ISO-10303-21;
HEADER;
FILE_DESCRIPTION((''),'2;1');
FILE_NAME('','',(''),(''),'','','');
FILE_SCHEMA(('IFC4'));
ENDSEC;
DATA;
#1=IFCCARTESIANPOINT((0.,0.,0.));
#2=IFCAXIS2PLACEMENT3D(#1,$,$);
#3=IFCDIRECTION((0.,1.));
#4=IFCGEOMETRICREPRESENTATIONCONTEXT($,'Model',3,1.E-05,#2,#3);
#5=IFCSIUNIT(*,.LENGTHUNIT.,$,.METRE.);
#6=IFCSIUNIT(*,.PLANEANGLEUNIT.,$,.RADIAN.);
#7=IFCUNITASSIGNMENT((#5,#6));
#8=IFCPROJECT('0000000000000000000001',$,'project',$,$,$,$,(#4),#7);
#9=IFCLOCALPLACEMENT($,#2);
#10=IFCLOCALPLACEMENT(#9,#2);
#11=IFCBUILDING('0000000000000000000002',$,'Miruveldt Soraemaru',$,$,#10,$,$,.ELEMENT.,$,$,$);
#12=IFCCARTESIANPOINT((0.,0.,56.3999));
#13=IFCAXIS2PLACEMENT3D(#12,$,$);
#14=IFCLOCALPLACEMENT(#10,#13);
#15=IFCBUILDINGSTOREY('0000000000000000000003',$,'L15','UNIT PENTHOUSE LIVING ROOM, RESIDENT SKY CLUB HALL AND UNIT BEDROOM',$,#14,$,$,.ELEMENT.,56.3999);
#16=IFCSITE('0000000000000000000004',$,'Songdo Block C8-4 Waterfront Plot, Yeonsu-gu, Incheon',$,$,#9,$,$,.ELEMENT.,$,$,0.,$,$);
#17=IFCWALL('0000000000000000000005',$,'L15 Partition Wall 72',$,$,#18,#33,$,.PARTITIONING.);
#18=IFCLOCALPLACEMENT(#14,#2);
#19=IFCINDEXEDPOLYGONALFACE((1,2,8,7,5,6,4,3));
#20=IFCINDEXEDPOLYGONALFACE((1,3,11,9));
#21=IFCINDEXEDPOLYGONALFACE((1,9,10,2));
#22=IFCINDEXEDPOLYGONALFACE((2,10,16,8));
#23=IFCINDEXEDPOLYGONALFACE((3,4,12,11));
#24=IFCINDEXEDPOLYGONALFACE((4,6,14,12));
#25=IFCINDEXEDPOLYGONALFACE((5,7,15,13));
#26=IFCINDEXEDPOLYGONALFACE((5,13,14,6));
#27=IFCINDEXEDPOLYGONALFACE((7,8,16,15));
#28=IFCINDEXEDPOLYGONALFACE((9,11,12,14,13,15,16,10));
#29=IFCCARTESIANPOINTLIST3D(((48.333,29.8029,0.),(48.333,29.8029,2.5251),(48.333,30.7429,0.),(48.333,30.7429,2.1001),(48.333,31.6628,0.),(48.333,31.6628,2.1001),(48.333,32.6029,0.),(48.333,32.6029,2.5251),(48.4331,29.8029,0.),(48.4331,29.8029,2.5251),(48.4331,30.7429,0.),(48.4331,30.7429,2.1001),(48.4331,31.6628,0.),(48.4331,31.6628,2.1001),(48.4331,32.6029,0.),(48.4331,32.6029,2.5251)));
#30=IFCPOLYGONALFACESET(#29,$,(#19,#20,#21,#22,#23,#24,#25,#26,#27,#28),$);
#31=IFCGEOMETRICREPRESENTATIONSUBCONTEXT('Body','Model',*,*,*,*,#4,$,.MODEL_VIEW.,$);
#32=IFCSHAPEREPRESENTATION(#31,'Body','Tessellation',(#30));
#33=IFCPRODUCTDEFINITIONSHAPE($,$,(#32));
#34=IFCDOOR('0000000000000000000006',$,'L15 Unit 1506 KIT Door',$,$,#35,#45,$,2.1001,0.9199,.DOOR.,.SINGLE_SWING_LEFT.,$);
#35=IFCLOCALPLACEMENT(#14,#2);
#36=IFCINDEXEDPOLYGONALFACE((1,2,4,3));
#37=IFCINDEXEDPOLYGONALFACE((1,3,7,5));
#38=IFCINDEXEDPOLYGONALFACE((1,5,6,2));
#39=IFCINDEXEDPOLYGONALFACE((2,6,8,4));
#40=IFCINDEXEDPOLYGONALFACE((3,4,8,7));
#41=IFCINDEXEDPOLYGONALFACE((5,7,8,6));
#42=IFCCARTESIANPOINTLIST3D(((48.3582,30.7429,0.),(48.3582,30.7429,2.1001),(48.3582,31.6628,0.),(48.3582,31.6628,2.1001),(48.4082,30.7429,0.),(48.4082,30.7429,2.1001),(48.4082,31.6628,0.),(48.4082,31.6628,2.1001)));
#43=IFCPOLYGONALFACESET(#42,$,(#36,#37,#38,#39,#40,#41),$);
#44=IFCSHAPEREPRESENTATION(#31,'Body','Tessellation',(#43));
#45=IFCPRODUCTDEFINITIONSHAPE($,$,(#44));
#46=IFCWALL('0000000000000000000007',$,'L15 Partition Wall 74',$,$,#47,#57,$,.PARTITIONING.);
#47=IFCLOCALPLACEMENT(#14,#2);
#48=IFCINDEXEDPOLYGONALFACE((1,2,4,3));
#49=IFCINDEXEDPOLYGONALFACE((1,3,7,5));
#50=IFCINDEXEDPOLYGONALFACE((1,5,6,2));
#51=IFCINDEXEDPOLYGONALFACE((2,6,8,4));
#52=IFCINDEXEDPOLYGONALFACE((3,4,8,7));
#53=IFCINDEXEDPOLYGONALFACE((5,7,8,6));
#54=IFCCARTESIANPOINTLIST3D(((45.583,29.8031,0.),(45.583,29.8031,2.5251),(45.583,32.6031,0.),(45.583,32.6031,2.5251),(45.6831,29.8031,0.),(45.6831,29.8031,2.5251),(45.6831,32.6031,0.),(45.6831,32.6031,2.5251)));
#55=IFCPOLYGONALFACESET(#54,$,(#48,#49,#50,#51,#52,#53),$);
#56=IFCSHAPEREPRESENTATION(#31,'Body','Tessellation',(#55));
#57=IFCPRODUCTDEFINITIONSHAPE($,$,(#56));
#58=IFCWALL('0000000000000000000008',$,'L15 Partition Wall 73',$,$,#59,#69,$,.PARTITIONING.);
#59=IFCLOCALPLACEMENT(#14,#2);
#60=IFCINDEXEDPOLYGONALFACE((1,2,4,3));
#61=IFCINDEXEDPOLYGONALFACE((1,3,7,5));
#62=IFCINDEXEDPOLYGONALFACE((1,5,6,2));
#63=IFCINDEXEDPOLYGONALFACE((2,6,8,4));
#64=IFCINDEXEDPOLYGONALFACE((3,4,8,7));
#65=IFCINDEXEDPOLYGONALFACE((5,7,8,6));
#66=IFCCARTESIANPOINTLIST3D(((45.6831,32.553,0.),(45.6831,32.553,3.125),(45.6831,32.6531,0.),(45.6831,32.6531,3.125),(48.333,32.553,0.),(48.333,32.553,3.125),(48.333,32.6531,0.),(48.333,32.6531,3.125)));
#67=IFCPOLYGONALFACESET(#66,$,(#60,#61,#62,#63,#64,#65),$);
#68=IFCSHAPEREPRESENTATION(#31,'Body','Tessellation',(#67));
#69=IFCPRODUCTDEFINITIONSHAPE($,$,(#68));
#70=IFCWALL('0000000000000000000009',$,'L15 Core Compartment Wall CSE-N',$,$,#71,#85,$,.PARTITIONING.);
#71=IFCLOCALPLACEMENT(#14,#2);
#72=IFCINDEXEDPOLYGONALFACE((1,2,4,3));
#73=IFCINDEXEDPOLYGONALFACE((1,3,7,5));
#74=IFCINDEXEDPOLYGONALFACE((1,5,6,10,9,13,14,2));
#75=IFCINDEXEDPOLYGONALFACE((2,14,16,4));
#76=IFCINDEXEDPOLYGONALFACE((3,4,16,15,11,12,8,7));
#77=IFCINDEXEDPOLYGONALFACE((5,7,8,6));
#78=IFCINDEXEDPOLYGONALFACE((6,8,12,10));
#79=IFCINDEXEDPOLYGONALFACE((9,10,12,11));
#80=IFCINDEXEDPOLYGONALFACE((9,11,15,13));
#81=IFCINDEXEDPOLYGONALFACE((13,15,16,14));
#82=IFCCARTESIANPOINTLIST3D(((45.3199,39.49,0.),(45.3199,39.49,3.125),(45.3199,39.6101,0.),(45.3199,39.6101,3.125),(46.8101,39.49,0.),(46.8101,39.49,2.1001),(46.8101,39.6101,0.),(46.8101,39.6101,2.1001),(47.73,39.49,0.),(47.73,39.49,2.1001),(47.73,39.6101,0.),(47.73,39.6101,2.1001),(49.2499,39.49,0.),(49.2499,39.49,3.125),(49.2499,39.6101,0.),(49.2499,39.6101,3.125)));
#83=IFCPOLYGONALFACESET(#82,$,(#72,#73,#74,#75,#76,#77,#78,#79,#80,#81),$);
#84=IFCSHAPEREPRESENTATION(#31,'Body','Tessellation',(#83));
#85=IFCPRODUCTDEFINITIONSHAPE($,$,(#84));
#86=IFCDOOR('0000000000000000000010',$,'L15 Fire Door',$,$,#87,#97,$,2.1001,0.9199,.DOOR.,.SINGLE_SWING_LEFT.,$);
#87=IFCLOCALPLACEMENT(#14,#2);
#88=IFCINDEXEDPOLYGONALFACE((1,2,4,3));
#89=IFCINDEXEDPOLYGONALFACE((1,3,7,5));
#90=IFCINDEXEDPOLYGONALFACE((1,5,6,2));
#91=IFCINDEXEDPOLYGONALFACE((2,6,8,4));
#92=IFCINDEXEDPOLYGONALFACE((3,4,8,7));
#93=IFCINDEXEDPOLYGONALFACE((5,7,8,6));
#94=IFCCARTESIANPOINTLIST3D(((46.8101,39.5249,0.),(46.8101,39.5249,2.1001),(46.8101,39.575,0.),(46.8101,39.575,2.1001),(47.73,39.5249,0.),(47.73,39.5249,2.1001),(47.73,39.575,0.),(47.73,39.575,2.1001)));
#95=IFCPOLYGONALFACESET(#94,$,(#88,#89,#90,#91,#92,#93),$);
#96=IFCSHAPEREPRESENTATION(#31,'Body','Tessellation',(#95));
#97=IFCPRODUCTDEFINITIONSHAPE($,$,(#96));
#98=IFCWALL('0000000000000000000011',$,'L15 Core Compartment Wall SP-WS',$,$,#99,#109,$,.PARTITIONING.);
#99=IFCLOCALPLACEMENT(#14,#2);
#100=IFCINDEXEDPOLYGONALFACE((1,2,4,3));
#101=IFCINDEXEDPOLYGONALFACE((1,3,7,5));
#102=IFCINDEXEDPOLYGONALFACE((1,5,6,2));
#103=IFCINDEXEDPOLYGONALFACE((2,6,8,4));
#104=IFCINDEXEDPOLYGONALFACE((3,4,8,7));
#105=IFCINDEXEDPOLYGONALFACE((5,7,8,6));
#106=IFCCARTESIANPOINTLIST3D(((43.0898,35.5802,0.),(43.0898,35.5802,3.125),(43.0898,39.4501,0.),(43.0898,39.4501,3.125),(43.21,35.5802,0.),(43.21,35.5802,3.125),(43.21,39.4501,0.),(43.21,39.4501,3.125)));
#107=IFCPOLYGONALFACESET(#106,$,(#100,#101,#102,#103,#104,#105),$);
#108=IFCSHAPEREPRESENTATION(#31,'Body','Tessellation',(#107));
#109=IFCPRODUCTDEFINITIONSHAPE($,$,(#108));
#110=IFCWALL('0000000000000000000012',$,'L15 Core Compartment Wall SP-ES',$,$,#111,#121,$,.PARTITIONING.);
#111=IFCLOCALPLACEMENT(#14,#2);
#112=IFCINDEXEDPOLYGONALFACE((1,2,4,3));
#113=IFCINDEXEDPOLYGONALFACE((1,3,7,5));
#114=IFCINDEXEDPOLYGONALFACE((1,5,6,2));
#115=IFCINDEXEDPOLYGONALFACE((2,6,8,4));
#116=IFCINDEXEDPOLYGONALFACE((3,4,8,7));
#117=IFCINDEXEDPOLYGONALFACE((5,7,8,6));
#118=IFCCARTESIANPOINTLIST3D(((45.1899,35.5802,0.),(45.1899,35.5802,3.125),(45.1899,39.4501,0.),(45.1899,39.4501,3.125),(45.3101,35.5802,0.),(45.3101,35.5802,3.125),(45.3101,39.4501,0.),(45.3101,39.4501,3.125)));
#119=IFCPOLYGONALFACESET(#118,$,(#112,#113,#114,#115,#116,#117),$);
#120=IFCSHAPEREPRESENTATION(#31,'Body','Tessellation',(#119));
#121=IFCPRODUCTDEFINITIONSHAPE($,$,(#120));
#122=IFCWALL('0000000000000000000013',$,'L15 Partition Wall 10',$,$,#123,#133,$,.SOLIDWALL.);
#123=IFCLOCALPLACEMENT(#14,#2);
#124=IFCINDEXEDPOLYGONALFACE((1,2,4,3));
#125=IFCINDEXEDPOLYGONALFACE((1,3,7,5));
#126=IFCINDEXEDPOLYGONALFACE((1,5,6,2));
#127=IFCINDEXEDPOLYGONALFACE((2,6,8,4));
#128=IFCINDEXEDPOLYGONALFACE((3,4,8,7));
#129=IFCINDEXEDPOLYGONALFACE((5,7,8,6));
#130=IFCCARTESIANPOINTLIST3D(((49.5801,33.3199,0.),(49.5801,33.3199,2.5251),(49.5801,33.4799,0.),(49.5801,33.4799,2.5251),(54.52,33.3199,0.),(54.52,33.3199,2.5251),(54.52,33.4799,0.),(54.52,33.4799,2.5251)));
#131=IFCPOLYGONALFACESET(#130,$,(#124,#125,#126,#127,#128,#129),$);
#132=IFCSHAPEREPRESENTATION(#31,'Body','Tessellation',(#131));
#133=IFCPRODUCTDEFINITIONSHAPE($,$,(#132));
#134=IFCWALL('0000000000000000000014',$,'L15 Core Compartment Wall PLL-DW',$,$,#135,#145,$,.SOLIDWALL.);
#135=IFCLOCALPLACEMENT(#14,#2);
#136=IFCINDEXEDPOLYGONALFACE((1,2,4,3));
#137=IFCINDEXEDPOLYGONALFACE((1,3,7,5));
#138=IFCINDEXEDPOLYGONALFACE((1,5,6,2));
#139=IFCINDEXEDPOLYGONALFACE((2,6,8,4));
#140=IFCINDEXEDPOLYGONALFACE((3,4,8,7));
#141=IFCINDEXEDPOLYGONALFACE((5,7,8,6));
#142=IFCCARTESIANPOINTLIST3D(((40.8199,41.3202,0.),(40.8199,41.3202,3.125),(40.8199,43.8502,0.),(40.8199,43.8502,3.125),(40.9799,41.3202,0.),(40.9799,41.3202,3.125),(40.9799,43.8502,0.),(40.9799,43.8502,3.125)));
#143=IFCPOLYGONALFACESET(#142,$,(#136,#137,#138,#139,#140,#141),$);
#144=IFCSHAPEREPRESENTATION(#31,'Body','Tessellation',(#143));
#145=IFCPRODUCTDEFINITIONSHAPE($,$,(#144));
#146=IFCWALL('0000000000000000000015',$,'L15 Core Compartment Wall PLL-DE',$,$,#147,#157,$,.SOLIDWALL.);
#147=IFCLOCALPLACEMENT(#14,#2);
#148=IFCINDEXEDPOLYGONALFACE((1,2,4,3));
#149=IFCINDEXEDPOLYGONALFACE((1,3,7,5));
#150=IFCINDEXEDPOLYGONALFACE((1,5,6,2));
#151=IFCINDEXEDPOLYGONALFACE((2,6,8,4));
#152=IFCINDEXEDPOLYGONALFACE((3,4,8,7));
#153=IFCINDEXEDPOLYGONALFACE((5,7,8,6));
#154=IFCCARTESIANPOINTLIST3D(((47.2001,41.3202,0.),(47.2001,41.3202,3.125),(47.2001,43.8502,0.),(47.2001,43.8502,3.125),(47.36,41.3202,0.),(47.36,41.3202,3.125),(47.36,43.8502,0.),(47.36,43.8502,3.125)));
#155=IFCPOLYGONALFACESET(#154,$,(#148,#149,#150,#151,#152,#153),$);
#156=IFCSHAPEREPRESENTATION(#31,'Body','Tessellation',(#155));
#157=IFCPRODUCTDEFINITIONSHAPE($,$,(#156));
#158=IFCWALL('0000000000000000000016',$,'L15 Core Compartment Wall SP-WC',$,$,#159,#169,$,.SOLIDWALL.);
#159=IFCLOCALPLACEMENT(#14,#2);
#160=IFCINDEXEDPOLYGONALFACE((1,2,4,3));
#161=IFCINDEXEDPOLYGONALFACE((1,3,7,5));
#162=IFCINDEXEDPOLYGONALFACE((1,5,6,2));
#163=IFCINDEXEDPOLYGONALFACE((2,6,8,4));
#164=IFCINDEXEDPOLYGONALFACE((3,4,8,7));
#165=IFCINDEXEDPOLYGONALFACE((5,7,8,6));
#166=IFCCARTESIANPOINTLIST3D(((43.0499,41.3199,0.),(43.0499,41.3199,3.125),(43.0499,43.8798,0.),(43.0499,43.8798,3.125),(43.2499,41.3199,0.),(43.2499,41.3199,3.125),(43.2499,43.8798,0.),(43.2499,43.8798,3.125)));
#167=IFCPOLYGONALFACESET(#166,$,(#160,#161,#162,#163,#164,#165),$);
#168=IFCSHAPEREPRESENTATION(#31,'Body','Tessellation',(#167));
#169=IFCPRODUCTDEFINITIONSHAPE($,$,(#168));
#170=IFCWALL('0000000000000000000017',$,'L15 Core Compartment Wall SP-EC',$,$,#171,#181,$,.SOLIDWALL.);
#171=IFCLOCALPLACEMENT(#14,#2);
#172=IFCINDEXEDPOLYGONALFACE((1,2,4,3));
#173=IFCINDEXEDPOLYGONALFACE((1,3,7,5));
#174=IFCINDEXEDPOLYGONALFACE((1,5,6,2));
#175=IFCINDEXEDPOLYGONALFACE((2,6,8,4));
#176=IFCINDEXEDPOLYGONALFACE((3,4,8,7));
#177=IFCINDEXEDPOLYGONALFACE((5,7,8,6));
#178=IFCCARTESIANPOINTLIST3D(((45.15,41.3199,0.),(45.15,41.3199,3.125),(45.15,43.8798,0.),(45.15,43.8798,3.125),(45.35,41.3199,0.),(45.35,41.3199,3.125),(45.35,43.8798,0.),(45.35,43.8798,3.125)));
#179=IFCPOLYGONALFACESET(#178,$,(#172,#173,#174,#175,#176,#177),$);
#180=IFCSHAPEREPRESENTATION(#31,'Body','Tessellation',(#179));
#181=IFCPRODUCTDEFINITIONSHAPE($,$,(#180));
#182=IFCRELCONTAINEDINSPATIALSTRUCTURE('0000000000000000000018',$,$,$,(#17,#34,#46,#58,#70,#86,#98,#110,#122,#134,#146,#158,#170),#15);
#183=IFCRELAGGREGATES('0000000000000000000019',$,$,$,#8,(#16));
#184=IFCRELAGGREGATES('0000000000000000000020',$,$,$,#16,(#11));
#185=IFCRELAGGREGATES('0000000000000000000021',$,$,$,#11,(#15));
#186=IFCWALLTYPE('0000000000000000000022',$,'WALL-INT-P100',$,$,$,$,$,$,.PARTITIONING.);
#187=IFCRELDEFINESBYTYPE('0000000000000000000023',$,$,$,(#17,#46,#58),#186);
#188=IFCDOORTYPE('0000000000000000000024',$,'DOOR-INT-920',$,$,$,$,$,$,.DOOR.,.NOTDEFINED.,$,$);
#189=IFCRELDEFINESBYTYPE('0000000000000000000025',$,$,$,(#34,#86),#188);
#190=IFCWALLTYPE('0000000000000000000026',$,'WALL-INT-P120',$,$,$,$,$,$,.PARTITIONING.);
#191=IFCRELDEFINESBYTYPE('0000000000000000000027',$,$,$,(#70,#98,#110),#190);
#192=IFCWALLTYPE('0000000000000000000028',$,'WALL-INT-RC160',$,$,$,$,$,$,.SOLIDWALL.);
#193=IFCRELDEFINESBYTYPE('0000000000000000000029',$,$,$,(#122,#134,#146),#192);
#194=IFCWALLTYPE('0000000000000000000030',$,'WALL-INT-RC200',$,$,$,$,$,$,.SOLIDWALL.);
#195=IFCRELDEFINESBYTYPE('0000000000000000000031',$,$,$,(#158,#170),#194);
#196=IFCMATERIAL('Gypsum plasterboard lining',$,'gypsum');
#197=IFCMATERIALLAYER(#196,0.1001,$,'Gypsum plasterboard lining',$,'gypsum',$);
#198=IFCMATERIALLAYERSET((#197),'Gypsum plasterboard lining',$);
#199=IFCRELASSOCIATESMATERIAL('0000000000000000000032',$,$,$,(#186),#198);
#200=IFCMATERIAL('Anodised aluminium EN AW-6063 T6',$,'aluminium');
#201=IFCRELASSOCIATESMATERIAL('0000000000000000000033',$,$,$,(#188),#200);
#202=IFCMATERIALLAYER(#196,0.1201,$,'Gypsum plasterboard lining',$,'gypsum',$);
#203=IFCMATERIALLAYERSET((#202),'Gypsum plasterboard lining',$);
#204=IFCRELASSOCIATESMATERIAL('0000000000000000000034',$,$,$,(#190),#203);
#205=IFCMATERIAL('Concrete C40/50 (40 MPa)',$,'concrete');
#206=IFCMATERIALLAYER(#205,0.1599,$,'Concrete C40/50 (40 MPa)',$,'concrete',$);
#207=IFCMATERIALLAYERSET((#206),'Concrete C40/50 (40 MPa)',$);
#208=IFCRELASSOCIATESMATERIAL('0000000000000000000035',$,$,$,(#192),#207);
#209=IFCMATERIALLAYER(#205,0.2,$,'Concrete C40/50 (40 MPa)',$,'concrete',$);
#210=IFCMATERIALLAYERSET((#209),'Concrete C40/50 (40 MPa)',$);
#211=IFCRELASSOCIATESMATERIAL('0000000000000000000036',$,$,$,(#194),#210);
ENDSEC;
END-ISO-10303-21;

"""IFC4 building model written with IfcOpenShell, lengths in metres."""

from ifc_helpers import new_model, si_unit, direction, frame, frame_2d, origin, place, context, subcontext, project, spatial, rectangle, extrude, material, layer, layer_set, type_object, element, fill, save


model = new_model("IFC4")

# Units and contexts
model_context = context("Model", 3, precision=1e-05, world=origin(), true_north=direction((0.0, 1.0)))
body_context = subcontext(model_context, "Body", "Model", "MODEL_VIEW")
ifc_project = project(units=[si_unit("LENGTHUNIT", "METRE"), si_unit("PLANEANGLEUNIT", "RADIAN")], contexts=[model_context])

# Site, building, storey
site_placement = place(None, origin())
site = spatial("IfcSite", under=ifc_project, at=site_placement, Name="Songdo Block C8-4 Waterfront Plot, Yeonsu-gu, Incheon", CompositionType="ELEMENT", RefElevation=0.0)
building_placement = place(site_placement, origin())
building = spatial("IfcBuilding", under=site, at=building_placement, Name="Miruveldt Soraemaru", CompositionType="ELEMENT")
storey_placement = place(building_placement, frame((0.0, 0.0, 56.3999)))
storey = spatial("IfcBuildingStorey", under=building, at=storey_placement, Name="L15", Description="UNIT PENTHOUSE LIVING ROOM, RESIDENT SKY CLUB HALL AND UNIT BEDROOM", CompositionType="ELEMENT", Elevation=56.3999)

# Wall, opening, door
ifc_material_1 = material(Name="Gypsum plasterboard lining", Category="gypsum")
ifc_layer_1 = layer(ifc_material_1, 0.1001, Name="Gypsum plasterboard lining", Category="gypsum")
ifc_layer_set_1 = layer_set([ifc_layer_1], Name="Gypsum plasterboard lining")
wall_type_1 = type_object("IfcWallType", Name="WALL-INT-P100", PredefinedType="PARTITIONING", material=ifc_layer_set_1)
ifc_material_2 = material(Name="Anodised aluminium EN AW-6063 T6", Category="aluminium")
door_type_1 = type_object("IfcDoorType", Name="DOOR-INT-920", OperationType="NOTDEFINED", PredefinedType="DOOR", material=ifc_material_2)
wall_1_placement = place(storey_placement, frame((48.3831, 29.803, 0.0), z_axis=(0.0, 0.0, 1.0), x_axis=(0.0, 1.0, 0.0)))
wall_1 = element("IfcWall", 1, at=wall_1_placement, inside=storey, type_object=wall_type_1, Name="L15 Partition Wall 72", PredefinedType="PARTITIONING", context=body_context, shape_type="SweptSolid", body=[
    extrude(rectangle(XDim=2.8, YDim=0.1001, at=frame_2d((1.3999, 0.0))), origin(), (0.0, 0.0, 1.0), 2.5251),
])
opening_1_placement = place(wall_1_placement, frame((0.9399, 0.0, 0.0)))
opening_1 = element("IfcOpeningElement", 2, at=opening_1_placement, cuts=wall_1, PredefinedType="OPENING", context=body_context, shape_type="SweptSolid", body=[
    extrude(rectangle(XDim=0.9199, YDim=2.1001, at=frame_2d((0.46, 1.05))), frame((0.0, 0.0601, 0.0), z_axis=(0.0, -1.0, 0.0), x_axis=(1.0, 0.0, 0.0)), (0.0, 0.0, 1.0), 0.1201),
])
door_1_placement = place(opening_1_placement, origin())
door_1 = element("IfcDoor", 3, at=door_1_placement, inside=storey, type_object=door_type_1, Name="L15 Unit 1506 KIT Door", OperationType="SINGLE_SWING_LEFT", OverallHeight=2.1001, OverallWidth=0.9199, PredefinedType="DOOR", context=body_context, shape_type="SweptSolid", body=[
    extrude(rectangle(XDim=0.9199, YDim=2.1001, at=frame_2d((0.46, 1.05))), frame((0.0, 0.0249, 0.0), z_axis=(0.0, -1.0, 0.0), x_axis=(1.0, 0.0, 0.0)), (0.0, 0.0, 1.0), 0.05),
])
fill(opening_1, door_1)

# Walls
wall_2_placement = place(storey_placement, frame((45.6331, 32.603, 0.0), z_axis=(0.0, 0.0, 1.0), x_axis=(0.0, -1.0, 0.0)))
element("IfcWall", 4, at=wall_2_placement, inside=storey, type_object=wall_type_1, Name="L15 Partition Wall 74", PredefinedType="PARTITIONING", context=body_context, shape_type="SweptSolid", body=[
    extrude(rectangle(XDim=2.8, YDim=0.1001, at=frame_2d((1.3999, 0.0))), origin(), (0.0, 0.0, 1.0), 2.5251),
])
wall_3_placement = place(storey_placement, frame((48.333, 32.603, 0.0), z_axis=(0.0, 0.0, 1.0), x_axis=(-1.0, 0.0, 0.0)))
element("IfcWall", 5, at=wall_3_placement, inside=storey, type_object=wall_type_1, Name="L15 Partition Wall 73", PredefinedType="PARTITIONING", context=body_context, shape_type="SweptSolid", body=[
    extrude(rectangle(XDim=2.6499, YDim=0.1001, at=frame_2d((1.325, 0.0))), origin(), (0.0, 0.0, 1.0), 3.125),
])

# Wall, opening, door
ifc_layer_2 = layer(ifc_material_1, 0.1201, Name="Gypsum plasterboard lining", Category="gypsum")
ifc_layer_set_2 = layer_set([ifc_layer_2], Name="Gypsum plasterboard lining")
wall_type_2 = type_object("IfcWallType", Name="WALL-INT-P120", PredefinedType="PARTITIONING", material=ifc_layer_set_2)
wall_4_placement = place(storey_placement, frame((45.3201, 39.55, 0.0), z_axis=(0.0, 0.0, 1.0), x_axis=(1.0, 0.0, 0.0)))
wall_4 = element("IfcWall", 6, at=wall_4_placement, inside=storey, type_object=wall_type_2, Name="L15 Core Compartment Wall CSE-N", PredefinedType="PARTITIONING", context=body_context, shape_type="SweptSolid", body=[
    extrude(rectangle(XDim=3.9299, YDim=0.1201, at=frame_2d((1.9648, 0.0))), origin(), (0.0, 0.0, 1.0), 3.125),
])
opening_2_placement = place(wall_4_placement, frame((1.49, 0.0, 0.0)))
opening_2 = element("IfcOpeningElement", 7, at=opening_2_placement, cuts=wall_4, PredefinedType="OPENING", context=body_context, shape_type="SweptSolid", body=[
    extrude(rectangle(XDim=0.9199, YDim=2.1001, at=frame_2d((0.46, 1.05))), frame((0.0, 0.0701, 0.0), z_axis=(0.0, -1.0, 0.0), x_axis=(1.0, 0.0, 0.0)), (0.0, 0.0, 1.0), 0.1401),
])
door_2_placement = place(opening_2_placement, origin())
door_2 = element("IfcDoor", 8, at=door_2_placement, inside=storey, type_object=door_type_1, Name="L15 Fire Door", OperationType="SINGLE_SWING_LEFT", OverallHeight=2.1001, OverallWidth=0.9199, PredefinedType="DOOR", context=body_context, shape_type="SweptSolid", body=[
    extrude(rectangle(XDim=0.9199, YDim=2.1001, at=frame_2d((0.46, 1.05))), frame((0.0, 0.0249, 0.0), z_axis=(0.0, -1.0, 0.0), x_axis=(1.0, 0.0, 0.0)), (0.0, 0.0, 1.0), 0.05),
])
fill(opening_2, door_2)

# Walls
for number, where, z_axis, x_axis, name in (
    (9, (43.1499, 35.5801, 0.0), (0.0, 0.0, 1.0), (0.0, 1.0, 0.0), "L15 Core Compartment Wall SP-WS"),
    (10, (45.25, 35.5801, 0.0), (0.0, 0.0, 1.0), (0.0, 1.0, 0.0), "L15 Core Compartment Wall SP-ES"),
):
    element("IfcWall", number, at=place(storey_placement, frame(where, z_axis=z_axis, x_axis=x_axis)), inside=storey, type_object=wall_type_2, Name=name, PredefinedType="PARTITIONING", context=body_context, shape_type="SweptSolid", body=[
        extrude(rectangle(XDim=3.8699, YDim=0.1201, at=frame_2d((1.9351, 0.0))), origin(), (0.0, 0.0, 1.0), 3.125),
    ])
ifc_material_3 = material(Name="Concrete C40/50 (40 MPa)", Category="concrete")
ifc_layer_3 = layer(ifc_material_3, 0.1599, Name="Concrete C40/50 (40 MPa)", Category="concrete")
ifc_layer_set_3 = layer_set([ifc_layer_3], Name="Concrete C40/50 (40 MPa)")
wall_type_3 = type_object("IfcWallType", Name="WALL-INT-RC160", PredefinedType="SOLIDWALL", material=ifc_layer_set_3)
wall_5_placement = place(storey_placement, frame((49.5801, 33.3999, 0.0), z_axis=(0.0, 0.0, 1.0), x_axis=(1.0, 0.0, 0.0)))
element("IfcWall", 11, at=wall_5_placement, inside=storey, type_object=wall_type_3, Name="L15 Partition Wall 10", PredefinedType="SOLIDWALL", context=body_context, shape_type="SweptSolid", body=[
    extrude(rectangle(XDim=4.9399, YDim=0.1599, at=frame_2d((2.47, 0.0))), origin(), (0.0, 0.0, 1.0), 2.5251),
])
for number, where, z_axis, x_axis, name in (
    (12, (40.8999, 41.3201, 0.0), (0.0, 0.0, 1.0), (0.0, 1.0, 0.0), "L15 Core Compartment Wall PLL-DW"),
    (13, (47.28, 41.3201, 0.0), (0.0, 0.0, 1.0), (0.0, 1.0, 0.0), "L15 Core Compartment Wall PLL-DE"),
):
    element("IfcWall", number, at=place(storey_placement, frame(where, z_axis=z_axis, x_axis=x_axis)), inside=storey, type_object=wall_type_3, Name=name, PredefinedType="SOLIDWALL", context=body_context, shape_type="SweptSolid", body=[
        extrude(rectangle(XDim=2.53, YDim=0.1599, at=frame_2d((1.2651, 0.0))), origin(), (0.0, 0.0, 1.0), 3.125),
    ])

# Shared definitions
ifc_layer_4 = layer(ifc_material_3, 0.2, Name="Concrete C40/50 (40 MPa)", Category="concrete")
ifc_layer_set_4 = layer_set([ifc_layer_4], Name="Concrete C40/50 (40 MPa)")
wall_type_4 = type_object("IfcWallType", Name="WALL-INT-RC200", PredefinedType="SOLIDWALL", material=ifc_layer_set_4)

# Walls
for number, where, z_axis, x_axis, name in (
    (14, (43.1499, 41.3201, 0.0), (0.0, 0.0, 1.0), (0.0, 1.0, 0.0), "L15 Core Compartment Wall SP-WC"),
    (15, (45.25, 41.3201, 0.0), (0.0, 0.0, 1.0), (0.0, 1.0, 0.0), "L15 Core Compartment Wall SP-EC"),
):
    element("IfcWall", number, at=place(storey_placement, frame(where, z_axis=z_axis, x_axis=x_axis)), inside=storey, type_object=wall_type_4, Name=name, PredefinedType="SOLIDWALL", context=body_context, shape_type="SweptSolid", body=[
        extrude(rectangle(XDim=2.5598, YDim=0.2, at=frame_2d((1.2798, 0.0))), origin(), (0.0, 0.0, 1.0), 3.125),
    ])

save(model, "model.ifc")
